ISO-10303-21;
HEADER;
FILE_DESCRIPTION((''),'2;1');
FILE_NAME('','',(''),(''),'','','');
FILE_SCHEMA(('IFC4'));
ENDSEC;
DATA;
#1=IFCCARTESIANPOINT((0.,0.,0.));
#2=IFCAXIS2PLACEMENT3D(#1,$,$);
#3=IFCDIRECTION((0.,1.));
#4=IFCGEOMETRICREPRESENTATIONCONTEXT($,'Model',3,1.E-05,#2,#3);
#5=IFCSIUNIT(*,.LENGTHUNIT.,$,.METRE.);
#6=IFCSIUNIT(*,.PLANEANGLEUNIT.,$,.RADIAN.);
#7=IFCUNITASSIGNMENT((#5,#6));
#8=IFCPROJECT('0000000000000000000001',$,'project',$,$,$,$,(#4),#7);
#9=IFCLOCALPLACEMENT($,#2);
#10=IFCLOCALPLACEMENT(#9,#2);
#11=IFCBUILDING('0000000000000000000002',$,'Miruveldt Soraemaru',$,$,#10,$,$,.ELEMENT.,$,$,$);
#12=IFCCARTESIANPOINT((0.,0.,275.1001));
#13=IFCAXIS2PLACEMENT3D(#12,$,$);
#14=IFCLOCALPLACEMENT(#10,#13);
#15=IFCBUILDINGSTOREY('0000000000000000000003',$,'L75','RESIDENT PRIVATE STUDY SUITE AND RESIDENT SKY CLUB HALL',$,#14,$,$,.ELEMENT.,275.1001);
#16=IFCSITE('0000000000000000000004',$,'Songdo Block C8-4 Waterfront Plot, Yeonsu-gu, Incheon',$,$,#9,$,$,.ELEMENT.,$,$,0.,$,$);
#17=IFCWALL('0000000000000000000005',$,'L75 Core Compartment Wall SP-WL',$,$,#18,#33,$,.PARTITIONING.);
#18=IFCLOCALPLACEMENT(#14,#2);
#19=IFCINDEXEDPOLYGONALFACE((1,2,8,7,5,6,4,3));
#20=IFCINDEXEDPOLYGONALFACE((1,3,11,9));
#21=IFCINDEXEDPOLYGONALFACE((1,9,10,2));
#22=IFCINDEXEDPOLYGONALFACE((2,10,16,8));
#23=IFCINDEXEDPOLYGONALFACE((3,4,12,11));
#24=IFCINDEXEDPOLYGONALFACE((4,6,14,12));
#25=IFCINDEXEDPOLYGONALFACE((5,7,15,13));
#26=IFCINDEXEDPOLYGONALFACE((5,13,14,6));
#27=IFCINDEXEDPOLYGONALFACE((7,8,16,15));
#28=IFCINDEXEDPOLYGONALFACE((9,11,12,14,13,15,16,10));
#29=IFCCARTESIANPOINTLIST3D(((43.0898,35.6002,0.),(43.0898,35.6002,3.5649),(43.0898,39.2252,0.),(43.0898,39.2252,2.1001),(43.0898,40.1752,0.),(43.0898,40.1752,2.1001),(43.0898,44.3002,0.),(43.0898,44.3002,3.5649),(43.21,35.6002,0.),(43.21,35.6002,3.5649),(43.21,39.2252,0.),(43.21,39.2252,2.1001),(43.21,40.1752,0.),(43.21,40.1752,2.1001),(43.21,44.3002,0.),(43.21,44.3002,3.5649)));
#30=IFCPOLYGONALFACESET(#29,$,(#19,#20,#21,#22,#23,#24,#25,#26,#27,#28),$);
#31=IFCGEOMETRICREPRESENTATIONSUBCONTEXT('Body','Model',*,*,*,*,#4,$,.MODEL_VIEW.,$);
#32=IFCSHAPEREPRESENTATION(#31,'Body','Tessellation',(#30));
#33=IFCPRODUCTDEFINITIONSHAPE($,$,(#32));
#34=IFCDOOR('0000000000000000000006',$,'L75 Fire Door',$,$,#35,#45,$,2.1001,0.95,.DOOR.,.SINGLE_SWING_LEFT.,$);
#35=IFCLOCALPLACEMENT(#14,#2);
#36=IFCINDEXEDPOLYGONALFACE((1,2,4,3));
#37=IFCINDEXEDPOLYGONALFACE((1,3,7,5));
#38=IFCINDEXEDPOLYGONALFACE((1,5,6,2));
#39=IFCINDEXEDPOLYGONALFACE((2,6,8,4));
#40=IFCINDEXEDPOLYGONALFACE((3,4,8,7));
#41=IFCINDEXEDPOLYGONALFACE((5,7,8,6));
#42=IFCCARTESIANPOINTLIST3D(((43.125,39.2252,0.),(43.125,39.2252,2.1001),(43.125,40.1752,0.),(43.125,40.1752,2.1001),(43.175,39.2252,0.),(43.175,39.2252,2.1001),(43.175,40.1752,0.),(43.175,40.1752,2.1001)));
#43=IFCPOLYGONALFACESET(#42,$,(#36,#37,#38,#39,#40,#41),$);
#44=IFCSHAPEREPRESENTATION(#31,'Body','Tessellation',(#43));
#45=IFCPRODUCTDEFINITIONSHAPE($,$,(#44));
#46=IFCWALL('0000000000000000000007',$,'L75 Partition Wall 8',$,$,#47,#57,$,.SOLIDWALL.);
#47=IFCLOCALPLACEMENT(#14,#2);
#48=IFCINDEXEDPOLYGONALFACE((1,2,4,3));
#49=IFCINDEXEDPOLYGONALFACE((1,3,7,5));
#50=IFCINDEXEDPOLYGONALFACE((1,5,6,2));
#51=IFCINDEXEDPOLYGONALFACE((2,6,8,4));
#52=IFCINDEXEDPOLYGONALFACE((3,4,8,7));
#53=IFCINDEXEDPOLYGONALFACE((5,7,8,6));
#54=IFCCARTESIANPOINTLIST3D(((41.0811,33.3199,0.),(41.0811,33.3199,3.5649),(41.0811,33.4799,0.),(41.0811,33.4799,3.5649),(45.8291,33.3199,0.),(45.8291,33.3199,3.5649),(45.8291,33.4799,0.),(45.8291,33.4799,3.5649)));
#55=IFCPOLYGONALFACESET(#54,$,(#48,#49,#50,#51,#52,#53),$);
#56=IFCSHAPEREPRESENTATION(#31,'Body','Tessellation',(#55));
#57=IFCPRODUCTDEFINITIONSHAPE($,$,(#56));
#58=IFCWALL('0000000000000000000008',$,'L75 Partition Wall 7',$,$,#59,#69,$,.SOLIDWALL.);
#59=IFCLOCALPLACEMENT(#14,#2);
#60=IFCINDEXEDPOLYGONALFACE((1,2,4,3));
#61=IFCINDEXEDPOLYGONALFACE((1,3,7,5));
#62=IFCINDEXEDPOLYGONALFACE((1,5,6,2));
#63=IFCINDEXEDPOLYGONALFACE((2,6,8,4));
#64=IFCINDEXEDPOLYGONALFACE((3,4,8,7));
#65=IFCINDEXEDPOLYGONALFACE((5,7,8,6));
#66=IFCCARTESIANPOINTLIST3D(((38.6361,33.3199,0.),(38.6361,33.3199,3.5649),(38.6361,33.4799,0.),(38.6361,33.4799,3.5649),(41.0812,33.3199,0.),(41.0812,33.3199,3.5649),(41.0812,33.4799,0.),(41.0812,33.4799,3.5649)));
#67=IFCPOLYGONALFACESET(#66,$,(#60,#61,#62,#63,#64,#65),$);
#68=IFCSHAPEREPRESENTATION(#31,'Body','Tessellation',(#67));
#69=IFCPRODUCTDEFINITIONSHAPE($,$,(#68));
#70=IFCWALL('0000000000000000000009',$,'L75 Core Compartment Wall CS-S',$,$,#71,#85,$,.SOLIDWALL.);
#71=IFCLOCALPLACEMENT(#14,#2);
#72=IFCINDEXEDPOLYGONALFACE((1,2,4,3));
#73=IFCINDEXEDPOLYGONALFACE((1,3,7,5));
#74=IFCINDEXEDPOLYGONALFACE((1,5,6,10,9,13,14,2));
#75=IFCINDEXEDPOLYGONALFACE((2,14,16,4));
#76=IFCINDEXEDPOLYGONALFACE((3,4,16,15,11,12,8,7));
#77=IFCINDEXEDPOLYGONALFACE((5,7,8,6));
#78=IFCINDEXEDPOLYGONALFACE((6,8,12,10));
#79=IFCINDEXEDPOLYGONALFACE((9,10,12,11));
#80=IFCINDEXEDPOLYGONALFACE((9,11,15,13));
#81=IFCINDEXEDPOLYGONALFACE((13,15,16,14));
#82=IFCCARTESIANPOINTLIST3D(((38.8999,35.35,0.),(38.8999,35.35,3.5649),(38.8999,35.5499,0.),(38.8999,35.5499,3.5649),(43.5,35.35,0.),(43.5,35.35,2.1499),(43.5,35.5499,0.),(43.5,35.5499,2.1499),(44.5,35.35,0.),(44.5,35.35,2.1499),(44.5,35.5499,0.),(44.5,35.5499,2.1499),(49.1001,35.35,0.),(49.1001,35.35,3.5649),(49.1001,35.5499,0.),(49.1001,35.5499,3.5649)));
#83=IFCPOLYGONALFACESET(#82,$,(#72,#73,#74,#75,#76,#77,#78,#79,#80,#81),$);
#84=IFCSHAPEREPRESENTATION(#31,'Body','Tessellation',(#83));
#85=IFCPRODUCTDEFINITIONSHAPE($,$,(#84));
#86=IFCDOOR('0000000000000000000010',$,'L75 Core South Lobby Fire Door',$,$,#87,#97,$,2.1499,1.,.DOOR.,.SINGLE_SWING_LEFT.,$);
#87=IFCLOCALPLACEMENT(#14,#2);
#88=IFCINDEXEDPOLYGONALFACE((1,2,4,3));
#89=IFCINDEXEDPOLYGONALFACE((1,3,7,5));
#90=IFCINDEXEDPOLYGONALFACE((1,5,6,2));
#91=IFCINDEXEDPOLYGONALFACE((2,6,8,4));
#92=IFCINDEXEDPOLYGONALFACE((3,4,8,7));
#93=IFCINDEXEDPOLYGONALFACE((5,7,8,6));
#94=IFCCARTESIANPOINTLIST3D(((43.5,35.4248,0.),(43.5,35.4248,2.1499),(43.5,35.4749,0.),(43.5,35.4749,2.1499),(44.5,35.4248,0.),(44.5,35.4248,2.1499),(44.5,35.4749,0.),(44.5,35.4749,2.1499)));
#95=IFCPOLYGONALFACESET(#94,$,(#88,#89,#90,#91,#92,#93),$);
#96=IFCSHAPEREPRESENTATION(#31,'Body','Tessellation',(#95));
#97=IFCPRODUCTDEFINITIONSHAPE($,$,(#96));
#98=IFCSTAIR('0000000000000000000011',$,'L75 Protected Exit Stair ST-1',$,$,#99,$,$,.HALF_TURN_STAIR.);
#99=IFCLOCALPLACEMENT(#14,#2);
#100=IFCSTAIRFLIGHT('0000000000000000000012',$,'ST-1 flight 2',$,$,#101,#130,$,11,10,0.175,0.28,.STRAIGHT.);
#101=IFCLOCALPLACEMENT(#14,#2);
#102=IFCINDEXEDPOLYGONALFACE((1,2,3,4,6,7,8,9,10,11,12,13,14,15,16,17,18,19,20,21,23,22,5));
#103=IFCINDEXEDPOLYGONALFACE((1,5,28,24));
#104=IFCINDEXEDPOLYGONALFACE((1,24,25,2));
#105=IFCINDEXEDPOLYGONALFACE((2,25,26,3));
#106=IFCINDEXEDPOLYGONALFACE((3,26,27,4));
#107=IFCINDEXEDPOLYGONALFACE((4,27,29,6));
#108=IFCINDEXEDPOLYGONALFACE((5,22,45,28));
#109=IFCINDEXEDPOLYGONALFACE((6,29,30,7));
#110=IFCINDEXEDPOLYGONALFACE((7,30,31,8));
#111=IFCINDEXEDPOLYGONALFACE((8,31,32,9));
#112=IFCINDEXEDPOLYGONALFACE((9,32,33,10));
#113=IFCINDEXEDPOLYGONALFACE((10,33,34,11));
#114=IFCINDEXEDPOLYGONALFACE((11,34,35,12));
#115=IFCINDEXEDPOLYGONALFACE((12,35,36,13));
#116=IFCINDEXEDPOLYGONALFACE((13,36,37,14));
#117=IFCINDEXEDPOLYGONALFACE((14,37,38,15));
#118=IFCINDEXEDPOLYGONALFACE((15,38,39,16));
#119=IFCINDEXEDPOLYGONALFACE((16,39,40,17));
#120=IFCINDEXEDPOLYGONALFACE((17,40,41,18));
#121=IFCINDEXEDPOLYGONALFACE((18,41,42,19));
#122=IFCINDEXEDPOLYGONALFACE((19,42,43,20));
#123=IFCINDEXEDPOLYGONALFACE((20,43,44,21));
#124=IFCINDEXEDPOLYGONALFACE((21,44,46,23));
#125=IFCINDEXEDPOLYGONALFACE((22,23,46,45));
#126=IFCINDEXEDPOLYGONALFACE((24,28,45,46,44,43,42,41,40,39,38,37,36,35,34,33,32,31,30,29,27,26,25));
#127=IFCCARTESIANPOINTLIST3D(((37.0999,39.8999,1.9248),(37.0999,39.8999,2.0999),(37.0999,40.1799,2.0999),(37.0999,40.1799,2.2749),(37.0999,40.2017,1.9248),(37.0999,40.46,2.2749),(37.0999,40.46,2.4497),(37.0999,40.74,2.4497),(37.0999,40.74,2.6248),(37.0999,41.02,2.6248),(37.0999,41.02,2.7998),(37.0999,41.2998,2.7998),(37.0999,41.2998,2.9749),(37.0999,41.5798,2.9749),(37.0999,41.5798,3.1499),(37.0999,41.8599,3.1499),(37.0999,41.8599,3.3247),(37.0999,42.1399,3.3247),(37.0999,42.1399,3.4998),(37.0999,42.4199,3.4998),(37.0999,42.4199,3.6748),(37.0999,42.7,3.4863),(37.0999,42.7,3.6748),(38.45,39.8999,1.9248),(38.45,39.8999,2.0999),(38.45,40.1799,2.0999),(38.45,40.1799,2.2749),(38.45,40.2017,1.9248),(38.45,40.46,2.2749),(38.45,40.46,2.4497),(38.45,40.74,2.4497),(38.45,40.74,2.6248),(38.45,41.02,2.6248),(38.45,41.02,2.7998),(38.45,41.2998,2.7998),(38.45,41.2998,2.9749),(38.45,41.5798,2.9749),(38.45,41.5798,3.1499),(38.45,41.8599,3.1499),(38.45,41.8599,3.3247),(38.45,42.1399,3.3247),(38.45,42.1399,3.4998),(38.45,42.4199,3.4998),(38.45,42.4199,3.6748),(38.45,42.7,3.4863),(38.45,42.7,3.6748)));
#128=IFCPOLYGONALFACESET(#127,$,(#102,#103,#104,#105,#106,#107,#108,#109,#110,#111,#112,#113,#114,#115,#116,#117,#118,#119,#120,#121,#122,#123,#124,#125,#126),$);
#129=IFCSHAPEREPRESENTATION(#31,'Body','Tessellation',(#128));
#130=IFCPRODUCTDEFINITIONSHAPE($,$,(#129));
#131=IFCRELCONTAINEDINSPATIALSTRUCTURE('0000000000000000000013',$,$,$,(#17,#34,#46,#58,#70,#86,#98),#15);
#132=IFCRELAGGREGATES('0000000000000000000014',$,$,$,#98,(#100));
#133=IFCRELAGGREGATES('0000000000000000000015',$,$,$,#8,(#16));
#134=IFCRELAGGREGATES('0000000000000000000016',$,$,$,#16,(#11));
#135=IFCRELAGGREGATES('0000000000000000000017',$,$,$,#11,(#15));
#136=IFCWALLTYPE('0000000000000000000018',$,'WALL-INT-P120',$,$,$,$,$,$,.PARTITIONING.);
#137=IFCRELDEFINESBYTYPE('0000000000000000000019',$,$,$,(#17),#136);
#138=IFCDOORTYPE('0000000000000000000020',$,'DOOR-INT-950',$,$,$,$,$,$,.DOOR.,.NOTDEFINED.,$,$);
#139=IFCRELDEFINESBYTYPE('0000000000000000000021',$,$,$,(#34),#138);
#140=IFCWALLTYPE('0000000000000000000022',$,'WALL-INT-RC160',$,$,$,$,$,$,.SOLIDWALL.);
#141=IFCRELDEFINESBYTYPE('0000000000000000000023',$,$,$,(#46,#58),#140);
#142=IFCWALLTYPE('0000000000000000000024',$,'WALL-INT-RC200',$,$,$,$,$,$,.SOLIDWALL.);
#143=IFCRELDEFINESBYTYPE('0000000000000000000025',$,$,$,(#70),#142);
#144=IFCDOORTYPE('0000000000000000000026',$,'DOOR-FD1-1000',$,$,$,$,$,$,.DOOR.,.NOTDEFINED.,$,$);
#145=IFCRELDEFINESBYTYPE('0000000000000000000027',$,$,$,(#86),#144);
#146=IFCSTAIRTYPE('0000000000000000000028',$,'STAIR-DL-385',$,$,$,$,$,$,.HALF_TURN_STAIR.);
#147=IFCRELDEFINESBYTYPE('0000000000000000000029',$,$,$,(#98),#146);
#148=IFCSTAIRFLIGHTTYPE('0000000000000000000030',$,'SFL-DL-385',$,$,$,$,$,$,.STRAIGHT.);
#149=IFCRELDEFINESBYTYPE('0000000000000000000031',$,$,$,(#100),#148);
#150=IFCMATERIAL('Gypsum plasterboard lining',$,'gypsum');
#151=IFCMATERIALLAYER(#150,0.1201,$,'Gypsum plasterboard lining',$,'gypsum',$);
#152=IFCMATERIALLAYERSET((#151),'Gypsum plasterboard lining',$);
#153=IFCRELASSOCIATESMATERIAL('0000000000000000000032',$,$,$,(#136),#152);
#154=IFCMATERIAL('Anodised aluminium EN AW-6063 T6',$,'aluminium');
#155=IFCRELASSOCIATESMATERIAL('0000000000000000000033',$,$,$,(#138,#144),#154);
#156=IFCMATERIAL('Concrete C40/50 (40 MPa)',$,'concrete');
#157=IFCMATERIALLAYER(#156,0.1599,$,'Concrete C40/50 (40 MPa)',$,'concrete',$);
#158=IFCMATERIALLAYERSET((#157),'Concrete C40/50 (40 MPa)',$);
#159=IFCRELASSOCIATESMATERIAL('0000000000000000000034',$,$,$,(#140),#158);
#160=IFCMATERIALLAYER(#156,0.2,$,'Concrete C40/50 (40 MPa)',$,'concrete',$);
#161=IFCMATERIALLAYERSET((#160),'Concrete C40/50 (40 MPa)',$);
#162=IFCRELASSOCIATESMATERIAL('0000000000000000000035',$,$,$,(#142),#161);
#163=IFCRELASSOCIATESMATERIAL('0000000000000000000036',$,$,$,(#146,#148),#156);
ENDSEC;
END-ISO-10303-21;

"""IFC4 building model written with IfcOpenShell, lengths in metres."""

from ifc_helpers import new_model, si_unit, direction, frame, frame_2d, origin, place, context, subcontext, project, spatial, polyline, rectangle, outline, extrude, material, layer, layer_set, type_object, element, fill, aggregate, save


model = new_model("IFC4")

# Units and contexts
model_context = context("Model", 3, precision=1e-05, world=origin(), true_north=direction((0.0, 1.0)))
body_context = subcontext(model_context, "Body", "Model", "MODEL_VIEW")
ifc_project = project(units=[si_unit("LENGTHUNIT", "METRE"), si_unit("PLANEANGLEUNIT", "RADIAN")], contexts=[model_context])

# Site, building, storey
site_placement = place(None, origin())
site = spatial("IfcSite", under=ifc_project, at=site_placement, Name="Songdo Block C8-4 Waterfront Plot, Yeonsu-gu, Incheon", CompositionType="ELEMENT", RefElevation=0.0)
building_placement = place(site_placement, origin())
building = spatial("IfcBuilding", under=site, at=building_placement, Name="Miruveldt Soraemaru", CompositionType="ELEMENT")
storey_placement = place(building_placement, frame((0.0, 0.0, 275.1001)))
storey = spatial("IfcBuildingStorey", under=building, at=storey_placement, Name="L75", Description="RESIDENT PRIVATE STUDY SUITE AND RESIDENT SKY CLUB HALL", CompositionType="ELEMENT", Elevation=275.1001)

# Wall, opening, door
ifc_material_1 = material(Name="Gypsum plasterboard lining", Category="gypsum")
ifc_layer_1 = layer(ifc_material_1, 0.1201, Name="Gypsum plasterboard lining", Category="gypsum")
ifc_layer_set_1 = layer_set([ifc_layer_1], Name="Gypsum plasterboard lining")
wall_type_1 = type_object("IfcWallType", Name="WALL-INT-P120", PredefinedType="PARTITIONING", material=ifc_layer_set_1)
wall_1_placement = place(storey_placement, frame((43.1499, 35.6001, 0.0), z_axis=(0.0, 0.0, 1.0), x_axis=(0.0, 1.0, 0.0)))
wall_1 = element("IfcWall", 1, at=wall_1_placement, inside=storey, type_object=wall_type_1, Name="L75 Core Compartment Wall SP-WL", PredefinedType="PARTITIONING", context=body_context, shape_type="SweptSolid", body=[
    extrude(rectangle(XDim=8.7, YDim=0.1201, at=frame_2d((4.3501, 0.0))), origin(), (0.0, 0.0, 1.0), 3.5649),
])
opening_1_placement = place(wall_1_placement, frame((3.625, 0.0, 0.0)))
opening_1 = element("IfcOpeningElement", 2, at=opening_1_placement, cuts=wall_1, PredefinedType="OPENING", context=body_context, shape_type="SweptSolid", body=[
    extrude(rectangle(XDim=0.95, YDim=2.1001, at=frame_2d((0.4751, 1.05))), frame((0.0, 0.0701, 0.0), z_axis=(0.0, -1.0, 0.0), x_axis=(1.0, 0.0, 0.0)), (0.0, 0.0, 1.0), 0.1401),
])
ifc_material_2 = material(Name="Anodised aluminium EN AW-6063 T6", Category="aluminium")
door_type_1 = type_object("IfcDoorType", Name="DOOR-INT-950", OperationType="NOTDEFINED", PredefinedType="DOOR", material=ifc_material_2)
door_1_placement = place(opening_1_placement, origin())
door_1 = element("IfcDoor", 3, at=door_1_placement, inside=storey, type_object=door_type_1, Name="L75 Fire Door", OperationType="SINGLE_SWING_LEFT", OverallHeight=2.1001, OverallWidth=0.95, PredefinedType="DOOR", context=body_context, shape_type="SweptSolid", body=[
    extrude(rectangle(XDim=0.95, YDim=2.1001, at=frame_2d((0.4751, 1.05))), frame((0.0, 0.0249, 0.0), z_axis=(0.0, -1.0, 0.0), x_axis=(1.0, 0.0, 0.0)), (0.0, 0.0, 1.0), 0.05),
])
fill(opening_1, door_1)

# Walls
ifc_material_3 = material(Name="Concrete C40/50 (40 MPa)", Category="concrete")
ifc_layer_2 = layer(ifc_material_3, 0.1599, Name="Concrete C40/50 (40 MPa)", Category="concrete")
ifc_layer_set_2 = layer_set([ifc_layer_2], Name="Concrete C40/50 (40 MPa)")
wall_type_2 = type_object("IfcWallType", Name="WALL-INT-RC160", PredefinedType="SOLIDWALL", material=ifc_layer_set_2)
wall_2_placement = place(storey_placement, frame((41.0811, 33.3999, 0.0), z_axis=(0.0, 0.0, 1.0), x_axis=(1.0, 0.0, 0.0)))
element("IfcWall", 4, at=wall_2_placement, inside=storey, type_object=wall_type_2, Name="L75 Partition Wall 8", PredefinedType="SOLIDWALL", context=body_context, shape_type="SweptSolid", body=[
    extrude(rectangle(XDim=4.748, YDim=0.1599, at=frame_2d((2.374, 0.0))), origin(), (0.0, 0.0, 1.0), 3.5649),
])
wall_3_placement = place(storey_placement, frame((38.636, 33.3999, 0.0), z_axis=(0.0, 0.0, 1.0), x_axis=(1.0, 0.0, 0.0)))
element("IfcWall", 5, at=wall_3_placement, inside=storey, type_object=wall_type_2, Name="L75 Partition Wall 7", PredefinedType="SOLIDWALL", context=body_context, shape_type="SweptSolid", body=[
    extrude(rectangle(XDim=2.4451, YDim=0.1599, at=frame_2d((1.2227, 0.0))), origin(), (0.0, 0.0, 1.0), 3.5649),
])

# Wall, opening, door
ifc_layer_3 = layer(ifc_material_3, 0.2, Name="Concrete C40/50 (40 MPa)", Category="concrete")
ifc_layer_set_3 = layer_set([ifc_layer_3], Name="Concrete C40/50 (40 MPa)")
wall_type_3 = type_object("IfcWallType", Name="WALL-INT-RC200", PredefinedType="SOLIDWALL", material=ifc_layer_set_3)
wall_4_placement = place(storey_placement, frame((38.8999, 35.45, 0.0), z_axis=(0.0, 0.0, 1.0), x_axis=(1.0, 0.0, 0.0)))
wall_4 = element("IfcWall", 6, at=wall_4_placement, inside=storey, type_object=wall_type_3, Name="L75 Core Compartment Wall CS-S", PredefinedType="SOLIDWALL", context=body_context, shape_type="SweptSolid", body=[
    extrude(rectangle(XDim=10.2002, YDim=0.2, at=frame_2d((5.1001, 0.0))), origin(), (0.0, 0.0, 1.0), 3.5649),
])
opening_2_placement = place(wall_4_placement, frame((4.6001, 0.0, 0.0)))
opening_2 = element("IfcOpeningElement", 7, at=opening_2_placement, cuts=wall_4, PredefinedType="OPENING", context=body_context, shape_type="SweptSolid", body=[
    extrude(rectangle(XDim=1.0, YDim=2.1499, at=frame_2d((0.5, 1.075))), frame((0.0, 0.1099, 0.0), z_axis=(0.0, -1.0, 0.0), x_axis=(1.0, 0.0, 0.0)), (0.0, 0.0, 1.0), 0.22),
])
door_type_2 = type_object("IfcDoorType", Name="DOOR-FD1-1000", OperationType="NOTDEFINED", PredefinedType="DOOR", material=ifc_material_2)
door_2_placement = place(opening_2_placement, origin())
door_2 = element("IfcDoor", 8, at=door_2_placement, inside=storey, type_object=door_type_2, Name="L75 Core South Lobby Fire Door", OperationType="SINGLE_SWING_LEFT", OverallHeight=2.1499, OverallWidth=1.0, PredefinedType="DOOR", context=body_context, shape_type="SweptSolid", body=[
    extrude(rectangle(XDim=1.0, YDim=2.1499, at=frame_2d((0.5, 1.075))), frame((0.0, 0.0249, 0.0), z_axis=(0.0, -1.0, 0.0), x_axis=(1.0, 0.0, 0.0)), (0.0, 0.0, 1.0), 0.05),
])
fill(opening_2, door_2)

# Stair, stair flight
stair_type = type_object("IfcStairType", Name="STAIR-DL-385", PredefinedType="HALF_TURN_STAIR", material=ifc_material_3)
stair_placement = place(storey_placement, origin())
stair = element("IfcStair", 9, at=stair_placement, inside=storey, type_object=stair_type, Name="L75 Protected Exit Stair ST-1", PredefinedType="HALF_TURN_STAIR")
stair_flight_type = type_object("IfcStairFlightType", Name="SFL-DL-385", PredefinedType="STRAIGHT", material=ifc_material_3)
stair_flight_placement = place(storey_placement, frame((37.7749, 39.8999, 1.9248), z_axis=(0.0, 0.0, 1.0), x_axis=(0.0, 1.0, 0.0)))
stair_flight = element("IfcStairFlight", 10, at=stair_flight_placement, type_object=stair_flight_type, Name="ST-1 flight 2", NumberOfRisers=11, NumberOfTreads=10, PredefinedType="STRAIGHT", RiserHeight=0.175, TreadLength=0.28, context=body_context, shape_type="SweptSolid", body=[
    extrude(outline(polyline([(0.0, 0.0), (0.0, 0.175), (0.28, 0.175), (0.28, 0.3501), (0.5601, 0.3501), (0.5601, 0.5249), (0.8401, 0.5249), (0.8401, 0.7), (1.1201, 0.7), (1.1201, 0.875), (1.3999, 0.875), (1.3999, 1.05), (1.6799, 1.05), (1.6799, 1.2251), (1.96, 1.2251), (1.96, 1.3999), (2.24, 1.3999), (2.24, 1.575), (2.52, 1.575), (2.52, 1.75), (2.8, 1.75), (2.8, 1.925), (2.8, 1.5615), (0.3018, 0.0), (0.0, 0.0)])), frame((0.0, 0.675, 0.0), z_axis=(0.0, -1.0, 0.0), x_axis=(1.0, 0.0, 0.0)), (0.0, 0.0, 1.0), 1.3501),
])
aggregate(stair, [stair_flight])

save(model, "model.ifc")
